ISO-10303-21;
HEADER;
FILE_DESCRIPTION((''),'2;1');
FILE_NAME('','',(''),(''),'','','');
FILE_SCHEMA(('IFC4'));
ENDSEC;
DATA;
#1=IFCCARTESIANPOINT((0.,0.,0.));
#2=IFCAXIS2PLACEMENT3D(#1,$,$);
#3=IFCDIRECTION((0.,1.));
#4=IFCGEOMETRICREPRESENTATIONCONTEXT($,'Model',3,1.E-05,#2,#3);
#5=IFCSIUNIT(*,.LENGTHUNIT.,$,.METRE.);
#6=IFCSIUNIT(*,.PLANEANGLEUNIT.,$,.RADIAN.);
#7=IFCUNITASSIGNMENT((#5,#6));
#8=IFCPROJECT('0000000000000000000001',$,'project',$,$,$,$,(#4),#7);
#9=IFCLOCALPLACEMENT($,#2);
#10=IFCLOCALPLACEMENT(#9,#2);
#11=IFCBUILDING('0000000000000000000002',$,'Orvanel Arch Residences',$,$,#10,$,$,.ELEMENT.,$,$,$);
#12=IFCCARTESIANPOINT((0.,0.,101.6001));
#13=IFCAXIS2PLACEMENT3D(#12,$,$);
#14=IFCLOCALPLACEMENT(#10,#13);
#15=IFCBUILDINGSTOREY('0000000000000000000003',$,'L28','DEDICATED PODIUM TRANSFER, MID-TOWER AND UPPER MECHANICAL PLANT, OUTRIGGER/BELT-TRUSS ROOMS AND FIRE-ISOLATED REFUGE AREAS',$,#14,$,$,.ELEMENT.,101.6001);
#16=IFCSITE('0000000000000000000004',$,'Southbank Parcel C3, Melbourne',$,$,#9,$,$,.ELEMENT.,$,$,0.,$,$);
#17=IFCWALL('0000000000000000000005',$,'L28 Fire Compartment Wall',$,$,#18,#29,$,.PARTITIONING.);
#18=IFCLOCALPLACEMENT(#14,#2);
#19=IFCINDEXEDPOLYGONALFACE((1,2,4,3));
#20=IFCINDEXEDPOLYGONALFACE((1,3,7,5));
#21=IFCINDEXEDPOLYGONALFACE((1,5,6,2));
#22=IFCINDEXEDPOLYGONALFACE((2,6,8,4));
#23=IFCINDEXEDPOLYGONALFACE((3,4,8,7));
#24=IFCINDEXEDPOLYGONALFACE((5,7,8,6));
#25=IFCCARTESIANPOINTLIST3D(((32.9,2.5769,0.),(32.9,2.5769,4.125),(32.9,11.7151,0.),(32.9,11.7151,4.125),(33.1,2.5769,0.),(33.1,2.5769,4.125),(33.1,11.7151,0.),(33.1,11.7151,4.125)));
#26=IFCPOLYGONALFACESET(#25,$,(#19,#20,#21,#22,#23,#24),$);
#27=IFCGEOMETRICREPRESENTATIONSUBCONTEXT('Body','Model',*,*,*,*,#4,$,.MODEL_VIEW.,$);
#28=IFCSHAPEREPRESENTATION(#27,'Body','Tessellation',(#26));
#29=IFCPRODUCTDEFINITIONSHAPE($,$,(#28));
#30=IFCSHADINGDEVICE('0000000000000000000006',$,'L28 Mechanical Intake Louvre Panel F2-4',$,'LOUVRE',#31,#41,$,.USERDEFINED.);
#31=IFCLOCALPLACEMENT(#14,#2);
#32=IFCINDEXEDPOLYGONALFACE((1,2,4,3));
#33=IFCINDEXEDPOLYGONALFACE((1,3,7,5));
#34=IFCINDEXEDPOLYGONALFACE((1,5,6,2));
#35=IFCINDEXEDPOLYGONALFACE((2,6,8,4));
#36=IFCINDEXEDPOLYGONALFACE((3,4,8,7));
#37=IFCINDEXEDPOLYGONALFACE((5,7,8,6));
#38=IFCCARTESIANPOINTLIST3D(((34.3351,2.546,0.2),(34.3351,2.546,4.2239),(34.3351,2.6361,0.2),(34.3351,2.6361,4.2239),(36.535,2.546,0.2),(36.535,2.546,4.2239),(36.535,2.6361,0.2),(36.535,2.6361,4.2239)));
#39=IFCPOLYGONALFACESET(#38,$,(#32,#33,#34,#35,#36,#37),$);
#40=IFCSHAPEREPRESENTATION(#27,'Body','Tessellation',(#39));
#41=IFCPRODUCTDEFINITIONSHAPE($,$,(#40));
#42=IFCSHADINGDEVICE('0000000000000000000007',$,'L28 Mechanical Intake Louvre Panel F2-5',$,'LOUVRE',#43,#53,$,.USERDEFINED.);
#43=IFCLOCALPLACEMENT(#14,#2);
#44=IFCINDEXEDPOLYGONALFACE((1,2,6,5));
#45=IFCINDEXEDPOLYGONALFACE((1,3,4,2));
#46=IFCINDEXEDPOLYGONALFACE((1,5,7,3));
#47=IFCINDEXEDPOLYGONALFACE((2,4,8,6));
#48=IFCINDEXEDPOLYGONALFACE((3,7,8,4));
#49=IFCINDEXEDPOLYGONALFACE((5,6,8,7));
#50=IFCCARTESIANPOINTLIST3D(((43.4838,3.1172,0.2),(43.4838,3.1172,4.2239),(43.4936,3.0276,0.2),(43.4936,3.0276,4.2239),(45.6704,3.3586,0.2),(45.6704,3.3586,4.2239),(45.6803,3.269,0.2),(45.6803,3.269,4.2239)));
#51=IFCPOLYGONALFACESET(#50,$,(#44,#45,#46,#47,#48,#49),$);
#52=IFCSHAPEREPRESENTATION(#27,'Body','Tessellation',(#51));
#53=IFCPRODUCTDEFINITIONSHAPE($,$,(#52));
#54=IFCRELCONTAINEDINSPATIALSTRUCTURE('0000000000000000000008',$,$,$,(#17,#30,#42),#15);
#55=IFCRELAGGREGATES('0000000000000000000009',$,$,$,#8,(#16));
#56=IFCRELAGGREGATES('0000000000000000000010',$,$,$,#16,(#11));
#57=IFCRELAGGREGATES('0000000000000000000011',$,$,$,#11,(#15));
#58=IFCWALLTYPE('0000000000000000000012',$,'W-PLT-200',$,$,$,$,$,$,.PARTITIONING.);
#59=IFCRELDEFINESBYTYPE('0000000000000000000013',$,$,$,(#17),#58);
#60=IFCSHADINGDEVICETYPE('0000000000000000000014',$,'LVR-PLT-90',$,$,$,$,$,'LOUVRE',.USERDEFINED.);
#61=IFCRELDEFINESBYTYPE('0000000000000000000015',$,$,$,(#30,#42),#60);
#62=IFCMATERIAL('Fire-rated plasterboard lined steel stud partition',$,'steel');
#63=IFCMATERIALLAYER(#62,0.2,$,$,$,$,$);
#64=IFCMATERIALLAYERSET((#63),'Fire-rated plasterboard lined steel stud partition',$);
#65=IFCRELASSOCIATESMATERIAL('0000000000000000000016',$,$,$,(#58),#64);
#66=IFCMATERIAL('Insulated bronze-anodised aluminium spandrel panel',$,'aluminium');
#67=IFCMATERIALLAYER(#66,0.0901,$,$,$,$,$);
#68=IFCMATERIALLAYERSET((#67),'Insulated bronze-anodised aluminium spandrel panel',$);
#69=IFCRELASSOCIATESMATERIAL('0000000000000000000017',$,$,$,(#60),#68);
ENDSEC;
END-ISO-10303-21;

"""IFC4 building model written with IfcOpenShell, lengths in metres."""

from ifc_helpers import new_model, si_unit, direction, frame, frame_2d, origin, origin_2d, place, context, subcontext, project, spatial, rectangle, extrude, material, layer, layer_set, type_object, element, save


model = new_model("IFC4")

# Units and contexts
model_context = context("Model", 3, precision=1e-05, world=origin(), true_north=direction((0.0, 1.0)))
body_context = subcontext(model_context, "Body", "Model", "MODEL_VIEW")
ifc_project = project(units=[si_unit("LENGTHUNIT", "METRE"), si_unit("PLANEANGLEUNIT", "RADIAN")], contexts=[model_context])

# Site, building, storey
site_placement = place(None, origin())
site = spatial("IfcSite", under=ifc_project, at=site_placement, Name="Southbank Parcel C3, Melbourne", CompositionType="ELEMENT", RefElevation=0.0)
building_placement = place(site_placement, origin())
building = spatial("IfcBuilding", under=site, at=building_placement, Name="Orvanel Arch Residences", CompositionType="ELEMENT")
storey_placement = place(building_placement, frame((0.0, 0.0, 101.6001)))
storey = spatial("IfcBuildingStorey", under=building, at=storey_placement, Name="L28", Description="DEDICATED PODIUM TRANSFER, MID-TOWER AND UPPER MECHANICAL PLANT, OUTRIGGER/BELT-TRUSS ROOMS AND FIRE-ISOLATED REFUGE AREAS", CompositionType="ELEMENT", Elevation=101.6001)

# Wall
ifc_material_1 = material(Name="Fire-rated plasterboard lined steel stud partition", Category="steel")
ifc_layer_1 = layer(ifc_material_1, 0.2)
ifc_layer_set_1 = layer_set([ifc_layer_1], Name="Fire-rated plasterboard lined steel stud partition")
wall_type_1 = type_object("IfcWallType", Name="W-PLT-200", PredefinedType="PARTITIONING", material=ifc_layer_set_1)
wall_1_placement = place(storey_placement, frame((33.0, 2.5769, 0.0), z_axis=(0.0, 0.0, 1.0), x_axis=(0.0, 1.0, 0.0)))
element("IfcWall", 1, at=wall_1_placement, inside=storey, type_object=wall_type_1, Name="L28 Fire Compartment Wall", PredefinedType="PARTITIONING", context=body_context, shape_type="SweptSolid", body=[
    extrude(rectangle(XDim=9.1382, YDim=0.2, at=frame_2d((4.5691, 0.0))), origin(), (0.0, 0.0, 1.0), 4.125),
])

# Shading devices
ifc_material_2 = material(Name="Insulated bronze-anodised aluminium spandrel panel", Category="aluminium")
ifc_layer_2 = layer(ifc_material_2, 0.0901)
ifc_layer_set_2 = layer_set([ifc_layer_2], Name="Insulated bronze-anodised aluminium spandrel panel")
shading_device_type = type_object("IfcShadingDeviceType", Name="LVR-PLT-90", ElementType="LOUVRE", PredefinedType="USERDEFINED", material=ifc_layer_set_2)
for number, where, z_axis, x_axis, name in (
    (2, (35.4351, 2.5911, 0.2), (0.0, 0.0, 1.0), (1.0, 0.0, 0.0), "L28 Mechanical Intake Louvre Panel F2-4"),
    (3, (44.582, 3.1931, 0.2), (0.0, 0.0, 1.0), (0.993961, 0.109734, 0.0), "L28 Mechanical Intake Louvre Panel F2-5"),
):
    element("IfcShadingDevice", number, at=place(storey_placement, frame(where, z_axis=z_axis, x_axis=x_axis)), inside=storey, type_object=shading_device_type, Name=name, ObjectType="LOUVRE", PredefinedType="USERDEFINED", context=body_context, shape_type="SweptSolid", body=[
        extrude(rectangle(XDim=2.2, YDim=0.0901, at=origin_2d()), origin(), (0.0, 0.0, 1.0), 4.0239),
    ])

save(model, "model.ifc")
